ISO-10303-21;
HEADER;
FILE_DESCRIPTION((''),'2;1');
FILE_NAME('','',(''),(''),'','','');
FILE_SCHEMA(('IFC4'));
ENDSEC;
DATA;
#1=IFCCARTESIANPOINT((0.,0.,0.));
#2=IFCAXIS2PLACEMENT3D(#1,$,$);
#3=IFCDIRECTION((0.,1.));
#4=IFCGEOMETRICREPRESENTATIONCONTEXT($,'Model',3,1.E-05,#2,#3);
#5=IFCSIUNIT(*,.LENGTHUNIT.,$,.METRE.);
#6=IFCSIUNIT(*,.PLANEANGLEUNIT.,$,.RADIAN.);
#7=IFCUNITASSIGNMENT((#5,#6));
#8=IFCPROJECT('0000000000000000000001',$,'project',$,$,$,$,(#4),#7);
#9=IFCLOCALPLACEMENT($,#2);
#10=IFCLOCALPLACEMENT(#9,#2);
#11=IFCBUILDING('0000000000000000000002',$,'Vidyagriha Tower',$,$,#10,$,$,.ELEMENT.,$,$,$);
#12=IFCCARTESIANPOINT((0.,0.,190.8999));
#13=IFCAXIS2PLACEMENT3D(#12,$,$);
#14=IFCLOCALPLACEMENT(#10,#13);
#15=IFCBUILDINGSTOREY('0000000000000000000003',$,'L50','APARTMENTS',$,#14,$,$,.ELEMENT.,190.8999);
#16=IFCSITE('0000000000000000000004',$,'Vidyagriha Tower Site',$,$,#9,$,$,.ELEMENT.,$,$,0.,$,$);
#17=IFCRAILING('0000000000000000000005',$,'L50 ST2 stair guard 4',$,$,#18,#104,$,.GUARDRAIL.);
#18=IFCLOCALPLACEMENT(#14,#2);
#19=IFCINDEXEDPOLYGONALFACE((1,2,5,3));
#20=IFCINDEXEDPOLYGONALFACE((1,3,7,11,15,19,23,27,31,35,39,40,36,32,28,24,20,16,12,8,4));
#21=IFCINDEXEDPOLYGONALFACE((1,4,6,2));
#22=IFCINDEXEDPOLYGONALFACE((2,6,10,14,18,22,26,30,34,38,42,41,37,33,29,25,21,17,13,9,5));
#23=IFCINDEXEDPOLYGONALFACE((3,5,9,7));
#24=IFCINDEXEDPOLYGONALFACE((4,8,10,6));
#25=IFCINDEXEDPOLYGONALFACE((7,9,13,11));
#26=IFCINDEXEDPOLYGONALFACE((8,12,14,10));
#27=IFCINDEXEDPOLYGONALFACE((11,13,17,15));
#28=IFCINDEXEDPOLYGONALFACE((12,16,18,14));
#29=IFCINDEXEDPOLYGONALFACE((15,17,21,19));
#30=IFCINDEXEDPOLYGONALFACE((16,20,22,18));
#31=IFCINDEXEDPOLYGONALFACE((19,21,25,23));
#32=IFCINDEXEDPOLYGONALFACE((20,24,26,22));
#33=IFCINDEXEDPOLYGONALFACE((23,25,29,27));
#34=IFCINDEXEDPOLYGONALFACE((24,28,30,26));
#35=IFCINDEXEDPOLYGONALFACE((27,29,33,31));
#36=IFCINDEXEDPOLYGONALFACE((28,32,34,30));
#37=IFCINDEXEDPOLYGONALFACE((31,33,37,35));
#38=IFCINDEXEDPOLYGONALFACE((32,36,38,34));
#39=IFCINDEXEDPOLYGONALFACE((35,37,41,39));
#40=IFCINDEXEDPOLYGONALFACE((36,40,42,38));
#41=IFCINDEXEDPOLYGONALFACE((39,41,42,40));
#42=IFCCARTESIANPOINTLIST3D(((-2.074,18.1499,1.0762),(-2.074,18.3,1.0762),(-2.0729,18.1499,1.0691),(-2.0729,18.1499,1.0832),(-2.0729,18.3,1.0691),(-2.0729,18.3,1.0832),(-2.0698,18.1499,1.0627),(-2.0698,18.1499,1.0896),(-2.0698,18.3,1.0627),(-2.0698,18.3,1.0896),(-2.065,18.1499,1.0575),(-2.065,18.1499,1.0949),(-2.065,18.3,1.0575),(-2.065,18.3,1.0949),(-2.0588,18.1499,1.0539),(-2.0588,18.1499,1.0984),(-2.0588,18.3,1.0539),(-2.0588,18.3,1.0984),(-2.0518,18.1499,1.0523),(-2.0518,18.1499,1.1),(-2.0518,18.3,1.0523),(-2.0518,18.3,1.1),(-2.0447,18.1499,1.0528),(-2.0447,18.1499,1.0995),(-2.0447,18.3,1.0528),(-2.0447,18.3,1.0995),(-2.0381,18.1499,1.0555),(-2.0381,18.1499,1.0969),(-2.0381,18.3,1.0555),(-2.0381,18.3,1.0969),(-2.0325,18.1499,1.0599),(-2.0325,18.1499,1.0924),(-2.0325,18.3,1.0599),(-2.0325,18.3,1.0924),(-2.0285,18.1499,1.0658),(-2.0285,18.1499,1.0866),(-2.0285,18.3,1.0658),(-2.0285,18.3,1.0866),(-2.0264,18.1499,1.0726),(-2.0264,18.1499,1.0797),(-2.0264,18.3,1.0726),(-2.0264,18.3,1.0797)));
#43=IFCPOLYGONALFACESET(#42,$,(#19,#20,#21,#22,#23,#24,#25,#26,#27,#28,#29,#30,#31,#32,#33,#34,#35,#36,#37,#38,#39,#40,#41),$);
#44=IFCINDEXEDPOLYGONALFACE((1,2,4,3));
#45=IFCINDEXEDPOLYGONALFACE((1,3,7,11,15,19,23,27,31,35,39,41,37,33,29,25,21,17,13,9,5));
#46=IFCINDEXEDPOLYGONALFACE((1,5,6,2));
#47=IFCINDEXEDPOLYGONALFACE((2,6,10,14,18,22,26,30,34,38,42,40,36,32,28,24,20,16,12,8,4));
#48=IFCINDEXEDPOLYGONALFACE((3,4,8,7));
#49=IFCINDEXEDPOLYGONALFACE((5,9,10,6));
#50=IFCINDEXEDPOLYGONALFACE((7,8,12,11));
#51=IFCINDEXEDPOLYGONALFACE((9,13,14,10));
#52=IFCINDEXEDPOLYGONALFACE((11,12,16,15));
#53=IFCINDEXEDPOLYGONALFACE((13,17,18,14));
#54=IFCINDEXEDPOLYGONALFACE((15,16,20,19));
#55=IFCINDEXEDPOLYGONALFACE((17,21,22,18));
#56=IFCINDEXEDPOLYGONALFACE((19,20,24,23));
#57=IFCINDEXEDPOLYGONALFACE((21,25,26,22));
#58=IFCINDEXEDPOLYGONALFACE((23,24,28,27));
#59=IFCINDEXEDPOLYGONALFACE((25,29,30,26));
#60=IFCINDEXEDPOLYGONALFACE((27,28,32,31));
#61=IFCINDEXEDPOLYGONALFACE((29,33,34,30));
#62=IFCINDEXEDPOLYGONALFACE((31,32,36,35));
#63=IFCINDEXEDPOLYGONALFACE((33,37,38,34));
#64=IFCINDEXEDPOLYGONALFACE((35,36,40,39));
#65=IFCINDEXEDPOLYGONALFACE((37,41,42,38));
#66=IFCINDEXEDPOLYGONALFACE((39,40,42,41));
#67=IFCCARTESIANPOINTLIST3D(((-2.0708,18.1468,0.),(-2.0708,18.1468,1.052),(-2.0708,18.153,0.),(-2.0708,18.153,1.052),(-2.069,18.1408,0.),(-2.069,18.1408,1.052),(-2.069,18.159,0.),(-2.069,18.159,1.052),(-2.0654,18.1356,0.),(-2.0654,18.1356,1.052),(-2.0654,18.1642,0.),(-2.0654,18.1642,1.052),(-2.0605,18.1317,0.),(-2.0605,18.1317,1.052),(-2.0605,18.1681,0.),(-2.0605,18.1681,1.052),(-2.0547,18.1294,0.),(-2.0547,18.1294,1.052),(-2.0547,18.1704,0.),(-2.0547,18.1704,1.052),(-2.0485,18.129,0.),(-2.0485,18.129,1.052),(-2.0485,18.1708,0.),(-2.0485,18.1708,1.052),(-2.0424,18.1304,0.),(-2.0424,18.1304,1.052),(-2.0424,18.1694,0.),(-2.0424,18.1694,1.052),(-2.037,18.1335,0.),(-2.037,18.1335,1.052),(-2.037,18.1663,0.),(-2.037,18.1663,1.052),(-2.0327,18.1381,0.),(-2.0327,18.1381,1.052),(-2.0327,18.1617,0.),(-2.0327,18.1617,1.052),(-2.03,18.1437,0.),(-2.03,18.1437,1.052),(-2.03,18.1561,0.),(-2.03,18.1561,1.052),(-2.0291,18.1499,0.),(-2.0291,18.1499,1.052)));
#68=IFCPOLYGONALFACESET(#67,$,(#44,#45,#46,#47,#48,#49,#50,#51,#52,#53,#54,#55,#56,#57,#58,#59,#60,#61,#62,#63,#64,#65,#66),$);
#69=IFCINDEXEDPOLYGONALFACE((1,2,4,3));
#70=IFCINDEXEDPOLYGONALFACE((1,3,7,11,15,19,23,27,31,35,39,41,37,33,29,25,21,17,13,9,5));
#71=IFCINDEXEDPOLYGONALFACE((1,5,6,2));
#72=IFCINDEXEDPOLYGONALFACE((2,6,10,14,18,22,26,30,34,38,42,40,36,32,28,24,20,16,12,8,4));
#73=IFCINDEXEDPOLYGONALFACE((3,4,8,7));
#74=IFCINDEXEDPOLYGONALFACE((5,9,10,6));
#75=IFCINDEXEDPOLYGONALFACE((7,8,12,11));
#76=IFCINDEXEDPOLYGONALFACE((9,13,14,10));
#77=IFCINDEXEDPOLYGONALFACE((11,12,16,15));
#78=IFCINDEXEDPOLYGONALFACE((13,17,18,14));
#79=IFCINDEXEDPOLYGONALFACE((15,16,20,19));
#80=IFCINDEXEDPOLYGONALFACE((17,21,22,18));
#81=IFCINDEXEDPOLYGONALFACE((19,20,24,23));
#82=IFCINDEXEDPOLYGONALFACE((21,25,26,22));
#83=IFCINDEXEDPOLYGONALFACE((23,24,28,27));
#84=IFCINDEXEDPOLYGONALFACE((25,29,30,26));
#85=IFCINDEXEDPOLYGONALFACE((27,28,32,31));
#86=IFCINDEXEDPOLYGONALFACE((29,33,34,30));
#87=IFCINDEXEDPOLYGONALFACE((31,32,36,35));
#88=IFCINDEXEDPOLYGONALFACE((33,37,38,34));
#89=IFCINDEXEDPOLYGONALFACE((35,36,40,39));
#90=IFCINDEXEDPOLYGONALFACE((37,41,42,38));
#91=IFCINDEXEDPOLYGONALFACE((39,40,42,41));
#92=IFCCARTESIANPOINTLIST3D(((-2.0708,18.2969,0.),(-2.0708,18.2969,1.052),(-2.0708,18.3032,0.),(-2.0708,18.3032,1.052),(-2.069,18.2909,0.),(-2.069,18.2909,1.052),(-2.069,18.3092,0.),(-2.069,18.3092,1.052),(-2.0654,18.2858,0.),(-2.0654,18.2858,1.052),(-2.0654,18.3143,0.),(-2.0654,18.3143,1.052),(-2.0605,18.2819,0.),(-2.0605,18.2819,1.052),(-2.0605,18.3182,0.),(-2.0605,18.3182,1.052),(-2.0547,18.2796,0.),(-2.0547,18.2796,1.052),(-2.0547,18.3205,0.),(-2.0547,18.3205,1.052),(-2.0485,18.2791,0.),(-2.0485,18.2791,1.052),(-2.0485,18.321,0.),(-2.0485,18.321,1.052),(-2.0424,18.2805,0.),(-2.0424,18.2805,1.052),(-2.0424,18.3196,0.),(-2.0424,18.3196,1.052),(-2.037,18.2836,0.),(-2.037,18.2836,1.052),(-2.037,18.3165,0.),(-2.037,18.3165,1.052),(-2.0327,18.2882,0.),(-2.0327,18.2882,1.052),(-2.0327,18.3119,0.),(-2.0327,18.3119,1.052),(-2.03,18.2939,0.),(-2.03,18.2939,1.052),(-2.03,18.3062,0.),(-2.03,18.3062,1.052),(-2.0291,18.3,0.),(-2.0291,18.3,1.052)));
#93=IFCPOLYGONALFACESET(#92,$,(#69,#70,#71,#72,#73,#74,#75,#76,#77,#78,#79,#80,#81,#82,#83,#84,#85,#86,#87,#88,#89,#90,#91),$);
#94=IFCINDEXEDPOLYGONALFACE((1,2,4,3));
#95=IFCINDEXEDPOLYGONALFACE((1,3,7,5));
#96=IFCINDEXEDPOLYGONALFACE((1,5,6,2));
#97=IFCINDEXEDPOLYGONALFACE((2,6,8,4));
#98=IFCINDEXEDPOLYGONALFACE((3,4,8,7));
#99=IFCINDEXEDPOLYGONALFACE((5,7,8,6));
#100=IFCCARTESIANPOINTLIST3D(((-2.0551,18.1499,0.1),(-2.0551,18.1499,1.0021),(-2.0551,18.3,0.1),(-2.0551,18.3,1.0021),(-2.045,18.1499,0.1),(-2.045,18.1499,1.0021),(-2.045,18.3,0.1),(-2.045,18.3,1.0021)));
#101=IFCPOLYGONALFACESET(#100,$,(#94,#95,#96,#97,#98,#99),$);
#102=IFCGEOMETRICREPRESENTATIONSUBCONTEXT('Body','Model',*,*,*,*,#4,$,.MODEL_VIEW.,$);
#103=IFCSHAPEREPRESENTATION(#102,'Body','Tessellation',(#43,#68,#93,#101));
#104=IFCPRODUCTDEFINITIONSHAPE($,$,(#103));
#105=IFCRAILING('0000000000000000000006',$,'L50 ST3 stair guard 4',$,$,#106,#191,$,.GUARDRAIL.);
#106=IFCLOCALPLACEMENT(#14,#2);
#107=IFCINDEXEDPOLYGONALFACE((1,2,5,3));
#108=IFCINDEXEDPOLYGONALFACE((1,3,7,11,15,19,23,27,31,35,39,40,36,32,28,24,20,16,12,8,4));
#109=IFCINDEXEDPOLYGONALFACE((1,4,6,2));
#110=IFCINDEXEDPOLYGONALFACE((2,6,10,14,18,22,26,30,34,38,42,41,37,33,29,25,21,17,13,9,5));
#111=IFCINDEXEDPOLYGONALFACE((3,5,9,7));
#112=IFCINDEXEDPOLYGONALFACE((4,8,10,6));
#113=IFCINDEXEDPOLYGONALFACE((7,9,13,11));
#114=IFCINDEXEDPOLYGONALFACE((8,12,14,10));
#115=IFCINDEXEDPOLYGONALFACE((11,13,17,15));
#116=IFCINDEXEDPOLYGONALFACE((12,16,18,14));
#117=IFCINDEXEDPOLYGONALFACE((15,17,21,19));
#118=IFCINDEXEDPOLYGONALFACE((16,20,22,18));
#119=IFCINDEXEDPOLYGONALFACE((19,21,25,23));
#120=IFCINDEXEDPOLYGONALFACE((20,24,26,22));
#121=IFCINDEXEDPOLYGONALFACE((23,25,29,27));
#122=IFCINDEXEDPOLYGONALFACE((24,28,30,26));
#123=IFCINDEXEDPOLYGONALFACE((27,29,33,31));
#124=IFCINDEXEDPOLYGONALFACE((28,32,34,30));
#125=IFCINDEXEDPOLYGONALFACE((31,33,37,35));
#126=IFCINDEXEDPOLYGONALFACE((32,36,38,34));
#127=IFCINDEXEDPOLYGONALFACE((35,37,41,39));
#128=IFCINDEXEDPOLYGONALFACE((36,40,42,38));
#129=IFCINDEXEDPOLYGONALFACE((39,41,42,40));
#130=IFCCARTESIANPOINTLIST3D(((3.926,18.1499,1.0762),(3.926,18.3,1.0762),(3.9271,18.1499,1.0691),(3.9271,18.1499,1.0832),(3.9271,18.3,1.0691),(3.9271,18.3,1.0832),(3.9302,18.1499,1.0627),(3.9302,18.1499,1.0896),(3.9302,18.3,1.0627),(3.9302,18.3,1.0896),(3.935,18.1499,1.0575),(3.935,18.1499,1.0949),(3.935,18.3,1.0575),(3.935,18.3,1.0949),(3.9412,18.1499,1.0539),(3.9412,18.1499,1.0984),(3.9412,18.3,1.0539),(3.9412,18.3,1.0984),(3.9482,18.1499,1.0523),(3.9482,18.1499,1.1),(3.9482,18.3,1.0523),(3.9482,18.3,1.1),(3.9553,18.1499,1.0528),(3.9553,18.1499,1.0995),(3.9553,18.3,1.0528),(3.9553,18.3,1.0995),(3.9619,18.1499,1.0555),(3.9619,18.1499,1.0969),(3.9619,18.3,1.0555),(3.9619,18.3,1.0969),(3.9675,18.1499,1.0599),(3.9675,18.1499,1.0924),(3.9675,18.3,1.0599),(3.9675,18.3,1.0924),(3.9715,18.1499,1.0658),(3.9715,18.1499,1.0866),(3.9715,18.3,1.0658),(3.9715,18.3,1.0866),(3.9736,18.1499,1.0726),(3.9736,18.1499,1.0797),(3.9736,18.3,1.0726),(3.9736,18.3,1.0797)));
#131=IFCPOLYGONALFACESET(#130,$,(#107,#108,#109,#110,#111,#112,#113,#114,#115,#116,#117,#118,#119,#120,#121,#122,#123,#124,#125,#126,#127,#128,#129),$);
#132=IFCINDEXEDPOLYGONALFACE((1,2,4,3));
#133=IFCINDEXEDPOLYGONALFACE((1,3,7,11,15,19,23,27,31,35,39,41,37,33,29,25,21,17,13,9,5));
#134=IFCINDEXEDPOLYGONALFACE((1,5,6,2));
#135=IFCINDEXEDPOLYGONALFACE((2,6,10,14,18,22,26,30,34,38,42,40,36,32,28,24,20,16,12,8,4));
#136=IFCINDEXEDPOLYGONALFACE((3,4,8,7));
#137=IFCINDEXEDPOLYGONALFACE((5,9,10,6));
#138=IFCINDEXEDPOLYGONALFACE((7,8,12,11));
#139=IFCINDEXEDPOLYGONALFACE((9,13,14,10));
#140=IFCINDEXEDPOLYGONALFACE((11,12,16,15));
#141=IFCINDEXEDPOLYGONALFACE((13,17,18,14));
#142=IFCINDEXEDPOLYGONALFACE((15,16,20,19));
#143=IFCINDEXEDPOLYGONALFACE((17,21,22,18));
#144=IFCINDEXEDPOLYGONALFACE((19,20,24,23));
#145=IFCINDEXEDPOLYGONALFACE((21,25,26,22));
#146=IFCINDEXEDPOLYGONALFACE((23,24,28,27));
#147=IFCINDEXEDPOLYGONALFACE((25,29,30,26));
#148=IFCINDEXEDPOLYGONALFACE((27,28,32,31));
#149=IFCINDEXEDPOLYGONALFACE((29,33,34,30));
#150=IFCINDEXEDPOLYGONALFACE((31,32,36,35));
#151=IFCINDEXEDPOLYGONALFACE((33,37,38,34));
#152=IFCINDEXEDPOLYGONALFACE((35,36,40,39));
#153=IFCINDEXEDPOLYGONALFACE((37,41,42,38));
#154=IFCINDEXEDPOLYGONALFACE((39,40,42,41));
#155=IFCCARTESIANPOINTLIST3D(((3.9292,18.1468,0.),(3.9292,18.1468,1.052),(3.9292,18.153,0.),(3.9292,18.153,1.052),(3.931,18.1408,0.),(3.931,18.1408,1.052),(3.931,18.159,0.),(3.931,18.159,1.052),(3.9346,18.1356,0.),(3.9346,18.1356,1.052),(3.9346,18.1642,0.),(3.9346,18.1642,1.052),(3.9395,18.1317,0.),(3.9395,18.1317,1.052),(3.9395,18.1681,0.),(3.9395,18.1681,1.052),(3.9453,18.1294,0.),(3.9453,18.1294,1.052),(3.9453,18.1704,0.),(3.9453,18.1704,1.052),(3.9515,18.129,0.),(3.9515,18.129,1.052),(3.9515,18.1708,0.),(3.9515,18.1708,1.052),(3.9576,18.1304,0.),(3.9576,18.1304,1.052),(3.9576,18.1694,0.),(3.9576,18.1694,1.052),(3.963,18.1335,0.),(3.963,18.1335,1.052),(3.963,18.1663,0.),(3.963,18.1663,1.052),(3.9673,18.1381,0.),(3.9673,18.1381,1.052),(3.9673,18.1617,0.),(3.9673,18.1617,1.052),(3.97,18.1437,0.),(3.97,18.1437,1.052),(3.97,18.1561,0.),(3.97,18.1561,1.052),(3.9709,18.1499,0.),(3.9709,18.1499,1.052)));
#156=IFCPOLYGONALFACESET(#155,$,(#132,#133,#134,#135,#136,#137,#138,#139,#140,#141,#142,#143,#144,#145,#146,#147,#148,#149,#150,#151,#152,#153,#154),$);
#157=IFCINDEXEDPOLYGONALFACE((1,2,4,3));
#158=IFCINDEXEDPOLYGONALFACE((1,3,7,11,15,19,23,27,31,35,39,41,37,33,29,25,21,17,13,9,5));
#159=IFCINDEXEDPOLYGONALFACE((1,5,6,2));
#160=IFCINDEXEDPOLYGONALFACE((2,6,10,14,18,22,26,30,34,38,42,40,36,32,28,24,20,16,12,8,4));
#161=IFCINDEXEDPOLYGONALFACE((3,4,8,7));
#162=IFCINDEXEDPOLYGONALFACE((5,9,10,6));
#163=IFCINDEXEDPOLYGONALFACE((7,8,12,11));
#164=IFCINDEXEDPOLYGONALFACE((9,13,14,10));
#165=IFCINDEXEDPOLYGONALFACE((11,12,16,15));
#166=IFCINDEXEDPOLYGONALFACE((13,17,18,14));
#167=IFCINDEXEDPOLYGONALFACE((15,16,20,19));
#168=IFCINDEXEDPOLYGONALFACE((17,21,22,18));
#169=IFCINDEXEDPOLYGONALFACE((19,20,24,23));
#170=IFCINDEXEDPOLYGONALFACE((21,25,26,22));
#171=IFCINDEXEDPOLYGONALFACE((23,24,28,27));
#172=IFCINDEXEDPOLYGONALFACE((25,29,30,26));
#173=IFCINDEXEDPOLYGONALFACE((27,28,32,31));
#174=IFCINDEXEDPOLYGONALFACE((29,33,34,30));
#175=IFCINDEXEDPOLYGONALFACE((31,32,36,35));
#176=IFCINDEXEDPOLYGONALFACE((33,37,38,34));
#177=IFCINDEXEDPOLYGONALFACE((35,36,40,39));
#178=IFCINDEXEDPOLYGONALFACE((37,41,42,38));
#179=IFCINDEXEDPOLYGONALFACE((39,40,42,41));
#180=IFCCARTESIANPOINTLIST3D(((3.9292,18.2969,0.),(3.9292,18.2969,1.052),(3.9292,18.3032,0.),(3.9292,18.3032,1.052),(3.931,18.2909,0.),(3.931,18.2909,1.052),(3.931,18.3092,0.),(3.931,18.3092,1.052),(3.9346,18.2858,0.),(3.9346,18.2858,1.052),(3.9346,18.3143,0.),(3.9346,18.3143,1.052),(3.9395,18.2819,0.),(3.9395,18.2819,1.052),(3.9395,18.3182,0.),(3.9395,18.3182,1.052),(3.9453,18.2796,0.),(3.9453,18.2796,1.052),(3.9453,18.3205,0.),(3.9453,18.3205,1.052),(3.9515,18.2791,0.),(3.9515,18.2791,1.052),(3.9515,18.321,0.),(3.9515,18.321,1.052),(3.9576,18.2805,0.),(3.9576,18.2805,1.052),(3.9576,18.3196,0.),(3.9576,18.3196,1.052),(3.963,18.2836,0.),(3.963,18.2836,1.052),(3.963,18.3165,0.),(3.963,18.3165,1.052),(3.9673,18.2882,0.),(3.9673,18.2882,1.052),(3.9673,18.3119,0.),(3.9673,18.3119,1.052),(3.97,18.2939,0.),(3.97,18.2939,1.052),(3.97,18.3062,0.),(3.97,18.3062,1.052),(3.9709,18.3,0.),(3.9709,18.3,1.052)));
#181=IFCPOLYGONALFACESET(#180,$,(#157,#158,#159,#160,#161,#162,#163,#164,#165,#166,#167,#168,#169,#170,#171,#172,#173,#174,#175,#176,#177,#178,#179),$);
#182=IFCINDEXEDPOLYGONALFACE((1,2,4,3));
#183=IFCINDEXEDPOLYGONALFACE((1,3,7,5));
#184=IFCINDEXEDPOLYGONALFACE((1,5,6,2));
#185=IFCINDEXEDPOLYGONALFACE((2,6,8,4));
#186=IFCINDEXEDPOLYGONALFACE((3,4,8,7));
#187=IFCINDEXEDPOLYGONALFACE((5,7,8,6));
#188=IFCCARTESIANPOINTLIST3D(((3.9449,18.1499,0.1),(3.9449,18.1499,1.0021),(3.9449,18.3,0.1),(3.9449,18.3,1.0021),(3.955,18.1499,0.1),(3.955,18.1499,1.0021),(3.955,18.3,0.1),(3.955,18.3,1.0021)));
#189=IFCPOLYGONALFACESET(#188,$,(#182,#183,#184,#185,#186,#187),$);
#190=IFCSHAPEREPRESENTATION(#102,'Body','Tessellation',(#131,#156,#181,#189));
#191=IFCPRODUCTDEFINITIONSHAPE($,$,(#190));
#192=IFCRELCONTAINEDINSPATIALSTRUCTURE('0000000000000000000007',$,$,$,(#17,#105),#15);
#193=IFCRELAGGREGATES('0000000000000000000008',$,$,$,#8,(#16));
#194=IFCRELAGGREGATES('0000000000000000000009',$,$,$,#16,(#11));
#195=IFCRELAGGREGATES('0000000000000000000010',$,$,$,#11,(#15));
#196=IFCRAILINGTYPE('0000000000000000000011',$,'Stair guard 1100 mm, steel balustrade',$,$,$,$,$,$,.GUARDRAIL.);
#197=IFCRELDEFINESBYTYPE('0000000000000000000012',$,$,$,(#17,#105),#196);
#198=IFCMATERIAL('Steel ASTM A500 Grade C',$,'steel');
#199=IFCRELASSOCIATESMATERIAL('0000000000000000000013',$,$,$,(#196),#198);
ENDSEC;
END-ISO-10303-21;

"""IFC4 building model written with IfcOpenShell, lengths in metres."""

from ifc_helpers import new_model, si_unit, direction, frame, origin, origin_2d, place, context, subcontext, project, spatial, rectangle, circle, extrude, material, type_object, element, save


model = new_model("IFC4")

# Units and contexts
model_context = context("Model", 3, precision=1e-05, world=origin(), true_north=direction((0.0, 1.0)))
body_context = subcontext(model_context, "Body", "Model", "MODEL_VIEW")
ifc_project = project(units=[si_unit("LENGTHUNIT", "METRE"), si_unit("PLANEANGLEUNIT", "RADIAN")], contexts=[model_context])

# Site, building, storey
site_placement = place(None, origin())
site = spatial("IfcSite", under=ifc_project, at=site_placement, Name="Vidyagriha Tower Site", CompositionType="ELEMENT", RefElevation=0.0)
building_placement = place(site_placement, origin())
building = spatial("IfcBuilding", under=site, at=building_placement, Name="Vidyagriha Tower", CompositionType="ELEMENT")
storey_placement = place(building_placement, frame((0.0, 0.0, 190.8999)))
storey = spatial("IfcBuildingStorey", under=building, at=storey_placement, Name="L50", Description="APARTMENTS", CompositionType="ELEMENT", Elevation=190.8999)

# Railings
ifc_material_1 = material(Name="Steel ASTM A500 Grade C", Category="steel")
railing_type_1 = type_object("IfcRailingType", Name="Stair guard 1100 mm, steel balustrade", PredefinedType="GUARDRAIL", material=ifc_material_1)
for number, where, name in (
    (1, (-2.05, 18.1499, 0.0), "L50 ST2 stair guard 4"),
    (2, (3.95, 18.1499, 0.0), "L50 ST3 stair guard 4"),
):
    element("IfcRailing", number, at=place(storey_placement, frame(where)), inside=storey, type_object=railing_type_1, Name=name, PredefinedType="GUARDRAIL", context=body_context, shape_type="SweptSolid", body=[
        extrude(circle(Radius=0.0239, at=origin_2d()), frame((0.0, 0.0, 1.0762), z_axis=(0.0, 1.0, 0.0), x_axis=(-1.0, 0.0, 0.0)), (0.0, 0.0, 1.0), 0.1501),
        extrude(circle(Radius=0.021, at=origin_2d()), origin(), (0.0, 0.0, 1.0), 1.052),
        extrude(circle(Radius=0.021, at=origin_2d()), frame((0.0, 0.1501, 0.0)), (0.0, 0.0, 1.0), 1.052),
        extrude(rectangle(XDim=0.01, YDim=0.9021, at=origin_2d()), frame((0.0, 0.0, 0.551), z_axis=(0.0, 1.0, 0.0), x_axis=(-1.0, 0.0, 0.0)), (0.0, 0.0, 1.0), 0.1501),
    ])

save(model, "model.ifc")
